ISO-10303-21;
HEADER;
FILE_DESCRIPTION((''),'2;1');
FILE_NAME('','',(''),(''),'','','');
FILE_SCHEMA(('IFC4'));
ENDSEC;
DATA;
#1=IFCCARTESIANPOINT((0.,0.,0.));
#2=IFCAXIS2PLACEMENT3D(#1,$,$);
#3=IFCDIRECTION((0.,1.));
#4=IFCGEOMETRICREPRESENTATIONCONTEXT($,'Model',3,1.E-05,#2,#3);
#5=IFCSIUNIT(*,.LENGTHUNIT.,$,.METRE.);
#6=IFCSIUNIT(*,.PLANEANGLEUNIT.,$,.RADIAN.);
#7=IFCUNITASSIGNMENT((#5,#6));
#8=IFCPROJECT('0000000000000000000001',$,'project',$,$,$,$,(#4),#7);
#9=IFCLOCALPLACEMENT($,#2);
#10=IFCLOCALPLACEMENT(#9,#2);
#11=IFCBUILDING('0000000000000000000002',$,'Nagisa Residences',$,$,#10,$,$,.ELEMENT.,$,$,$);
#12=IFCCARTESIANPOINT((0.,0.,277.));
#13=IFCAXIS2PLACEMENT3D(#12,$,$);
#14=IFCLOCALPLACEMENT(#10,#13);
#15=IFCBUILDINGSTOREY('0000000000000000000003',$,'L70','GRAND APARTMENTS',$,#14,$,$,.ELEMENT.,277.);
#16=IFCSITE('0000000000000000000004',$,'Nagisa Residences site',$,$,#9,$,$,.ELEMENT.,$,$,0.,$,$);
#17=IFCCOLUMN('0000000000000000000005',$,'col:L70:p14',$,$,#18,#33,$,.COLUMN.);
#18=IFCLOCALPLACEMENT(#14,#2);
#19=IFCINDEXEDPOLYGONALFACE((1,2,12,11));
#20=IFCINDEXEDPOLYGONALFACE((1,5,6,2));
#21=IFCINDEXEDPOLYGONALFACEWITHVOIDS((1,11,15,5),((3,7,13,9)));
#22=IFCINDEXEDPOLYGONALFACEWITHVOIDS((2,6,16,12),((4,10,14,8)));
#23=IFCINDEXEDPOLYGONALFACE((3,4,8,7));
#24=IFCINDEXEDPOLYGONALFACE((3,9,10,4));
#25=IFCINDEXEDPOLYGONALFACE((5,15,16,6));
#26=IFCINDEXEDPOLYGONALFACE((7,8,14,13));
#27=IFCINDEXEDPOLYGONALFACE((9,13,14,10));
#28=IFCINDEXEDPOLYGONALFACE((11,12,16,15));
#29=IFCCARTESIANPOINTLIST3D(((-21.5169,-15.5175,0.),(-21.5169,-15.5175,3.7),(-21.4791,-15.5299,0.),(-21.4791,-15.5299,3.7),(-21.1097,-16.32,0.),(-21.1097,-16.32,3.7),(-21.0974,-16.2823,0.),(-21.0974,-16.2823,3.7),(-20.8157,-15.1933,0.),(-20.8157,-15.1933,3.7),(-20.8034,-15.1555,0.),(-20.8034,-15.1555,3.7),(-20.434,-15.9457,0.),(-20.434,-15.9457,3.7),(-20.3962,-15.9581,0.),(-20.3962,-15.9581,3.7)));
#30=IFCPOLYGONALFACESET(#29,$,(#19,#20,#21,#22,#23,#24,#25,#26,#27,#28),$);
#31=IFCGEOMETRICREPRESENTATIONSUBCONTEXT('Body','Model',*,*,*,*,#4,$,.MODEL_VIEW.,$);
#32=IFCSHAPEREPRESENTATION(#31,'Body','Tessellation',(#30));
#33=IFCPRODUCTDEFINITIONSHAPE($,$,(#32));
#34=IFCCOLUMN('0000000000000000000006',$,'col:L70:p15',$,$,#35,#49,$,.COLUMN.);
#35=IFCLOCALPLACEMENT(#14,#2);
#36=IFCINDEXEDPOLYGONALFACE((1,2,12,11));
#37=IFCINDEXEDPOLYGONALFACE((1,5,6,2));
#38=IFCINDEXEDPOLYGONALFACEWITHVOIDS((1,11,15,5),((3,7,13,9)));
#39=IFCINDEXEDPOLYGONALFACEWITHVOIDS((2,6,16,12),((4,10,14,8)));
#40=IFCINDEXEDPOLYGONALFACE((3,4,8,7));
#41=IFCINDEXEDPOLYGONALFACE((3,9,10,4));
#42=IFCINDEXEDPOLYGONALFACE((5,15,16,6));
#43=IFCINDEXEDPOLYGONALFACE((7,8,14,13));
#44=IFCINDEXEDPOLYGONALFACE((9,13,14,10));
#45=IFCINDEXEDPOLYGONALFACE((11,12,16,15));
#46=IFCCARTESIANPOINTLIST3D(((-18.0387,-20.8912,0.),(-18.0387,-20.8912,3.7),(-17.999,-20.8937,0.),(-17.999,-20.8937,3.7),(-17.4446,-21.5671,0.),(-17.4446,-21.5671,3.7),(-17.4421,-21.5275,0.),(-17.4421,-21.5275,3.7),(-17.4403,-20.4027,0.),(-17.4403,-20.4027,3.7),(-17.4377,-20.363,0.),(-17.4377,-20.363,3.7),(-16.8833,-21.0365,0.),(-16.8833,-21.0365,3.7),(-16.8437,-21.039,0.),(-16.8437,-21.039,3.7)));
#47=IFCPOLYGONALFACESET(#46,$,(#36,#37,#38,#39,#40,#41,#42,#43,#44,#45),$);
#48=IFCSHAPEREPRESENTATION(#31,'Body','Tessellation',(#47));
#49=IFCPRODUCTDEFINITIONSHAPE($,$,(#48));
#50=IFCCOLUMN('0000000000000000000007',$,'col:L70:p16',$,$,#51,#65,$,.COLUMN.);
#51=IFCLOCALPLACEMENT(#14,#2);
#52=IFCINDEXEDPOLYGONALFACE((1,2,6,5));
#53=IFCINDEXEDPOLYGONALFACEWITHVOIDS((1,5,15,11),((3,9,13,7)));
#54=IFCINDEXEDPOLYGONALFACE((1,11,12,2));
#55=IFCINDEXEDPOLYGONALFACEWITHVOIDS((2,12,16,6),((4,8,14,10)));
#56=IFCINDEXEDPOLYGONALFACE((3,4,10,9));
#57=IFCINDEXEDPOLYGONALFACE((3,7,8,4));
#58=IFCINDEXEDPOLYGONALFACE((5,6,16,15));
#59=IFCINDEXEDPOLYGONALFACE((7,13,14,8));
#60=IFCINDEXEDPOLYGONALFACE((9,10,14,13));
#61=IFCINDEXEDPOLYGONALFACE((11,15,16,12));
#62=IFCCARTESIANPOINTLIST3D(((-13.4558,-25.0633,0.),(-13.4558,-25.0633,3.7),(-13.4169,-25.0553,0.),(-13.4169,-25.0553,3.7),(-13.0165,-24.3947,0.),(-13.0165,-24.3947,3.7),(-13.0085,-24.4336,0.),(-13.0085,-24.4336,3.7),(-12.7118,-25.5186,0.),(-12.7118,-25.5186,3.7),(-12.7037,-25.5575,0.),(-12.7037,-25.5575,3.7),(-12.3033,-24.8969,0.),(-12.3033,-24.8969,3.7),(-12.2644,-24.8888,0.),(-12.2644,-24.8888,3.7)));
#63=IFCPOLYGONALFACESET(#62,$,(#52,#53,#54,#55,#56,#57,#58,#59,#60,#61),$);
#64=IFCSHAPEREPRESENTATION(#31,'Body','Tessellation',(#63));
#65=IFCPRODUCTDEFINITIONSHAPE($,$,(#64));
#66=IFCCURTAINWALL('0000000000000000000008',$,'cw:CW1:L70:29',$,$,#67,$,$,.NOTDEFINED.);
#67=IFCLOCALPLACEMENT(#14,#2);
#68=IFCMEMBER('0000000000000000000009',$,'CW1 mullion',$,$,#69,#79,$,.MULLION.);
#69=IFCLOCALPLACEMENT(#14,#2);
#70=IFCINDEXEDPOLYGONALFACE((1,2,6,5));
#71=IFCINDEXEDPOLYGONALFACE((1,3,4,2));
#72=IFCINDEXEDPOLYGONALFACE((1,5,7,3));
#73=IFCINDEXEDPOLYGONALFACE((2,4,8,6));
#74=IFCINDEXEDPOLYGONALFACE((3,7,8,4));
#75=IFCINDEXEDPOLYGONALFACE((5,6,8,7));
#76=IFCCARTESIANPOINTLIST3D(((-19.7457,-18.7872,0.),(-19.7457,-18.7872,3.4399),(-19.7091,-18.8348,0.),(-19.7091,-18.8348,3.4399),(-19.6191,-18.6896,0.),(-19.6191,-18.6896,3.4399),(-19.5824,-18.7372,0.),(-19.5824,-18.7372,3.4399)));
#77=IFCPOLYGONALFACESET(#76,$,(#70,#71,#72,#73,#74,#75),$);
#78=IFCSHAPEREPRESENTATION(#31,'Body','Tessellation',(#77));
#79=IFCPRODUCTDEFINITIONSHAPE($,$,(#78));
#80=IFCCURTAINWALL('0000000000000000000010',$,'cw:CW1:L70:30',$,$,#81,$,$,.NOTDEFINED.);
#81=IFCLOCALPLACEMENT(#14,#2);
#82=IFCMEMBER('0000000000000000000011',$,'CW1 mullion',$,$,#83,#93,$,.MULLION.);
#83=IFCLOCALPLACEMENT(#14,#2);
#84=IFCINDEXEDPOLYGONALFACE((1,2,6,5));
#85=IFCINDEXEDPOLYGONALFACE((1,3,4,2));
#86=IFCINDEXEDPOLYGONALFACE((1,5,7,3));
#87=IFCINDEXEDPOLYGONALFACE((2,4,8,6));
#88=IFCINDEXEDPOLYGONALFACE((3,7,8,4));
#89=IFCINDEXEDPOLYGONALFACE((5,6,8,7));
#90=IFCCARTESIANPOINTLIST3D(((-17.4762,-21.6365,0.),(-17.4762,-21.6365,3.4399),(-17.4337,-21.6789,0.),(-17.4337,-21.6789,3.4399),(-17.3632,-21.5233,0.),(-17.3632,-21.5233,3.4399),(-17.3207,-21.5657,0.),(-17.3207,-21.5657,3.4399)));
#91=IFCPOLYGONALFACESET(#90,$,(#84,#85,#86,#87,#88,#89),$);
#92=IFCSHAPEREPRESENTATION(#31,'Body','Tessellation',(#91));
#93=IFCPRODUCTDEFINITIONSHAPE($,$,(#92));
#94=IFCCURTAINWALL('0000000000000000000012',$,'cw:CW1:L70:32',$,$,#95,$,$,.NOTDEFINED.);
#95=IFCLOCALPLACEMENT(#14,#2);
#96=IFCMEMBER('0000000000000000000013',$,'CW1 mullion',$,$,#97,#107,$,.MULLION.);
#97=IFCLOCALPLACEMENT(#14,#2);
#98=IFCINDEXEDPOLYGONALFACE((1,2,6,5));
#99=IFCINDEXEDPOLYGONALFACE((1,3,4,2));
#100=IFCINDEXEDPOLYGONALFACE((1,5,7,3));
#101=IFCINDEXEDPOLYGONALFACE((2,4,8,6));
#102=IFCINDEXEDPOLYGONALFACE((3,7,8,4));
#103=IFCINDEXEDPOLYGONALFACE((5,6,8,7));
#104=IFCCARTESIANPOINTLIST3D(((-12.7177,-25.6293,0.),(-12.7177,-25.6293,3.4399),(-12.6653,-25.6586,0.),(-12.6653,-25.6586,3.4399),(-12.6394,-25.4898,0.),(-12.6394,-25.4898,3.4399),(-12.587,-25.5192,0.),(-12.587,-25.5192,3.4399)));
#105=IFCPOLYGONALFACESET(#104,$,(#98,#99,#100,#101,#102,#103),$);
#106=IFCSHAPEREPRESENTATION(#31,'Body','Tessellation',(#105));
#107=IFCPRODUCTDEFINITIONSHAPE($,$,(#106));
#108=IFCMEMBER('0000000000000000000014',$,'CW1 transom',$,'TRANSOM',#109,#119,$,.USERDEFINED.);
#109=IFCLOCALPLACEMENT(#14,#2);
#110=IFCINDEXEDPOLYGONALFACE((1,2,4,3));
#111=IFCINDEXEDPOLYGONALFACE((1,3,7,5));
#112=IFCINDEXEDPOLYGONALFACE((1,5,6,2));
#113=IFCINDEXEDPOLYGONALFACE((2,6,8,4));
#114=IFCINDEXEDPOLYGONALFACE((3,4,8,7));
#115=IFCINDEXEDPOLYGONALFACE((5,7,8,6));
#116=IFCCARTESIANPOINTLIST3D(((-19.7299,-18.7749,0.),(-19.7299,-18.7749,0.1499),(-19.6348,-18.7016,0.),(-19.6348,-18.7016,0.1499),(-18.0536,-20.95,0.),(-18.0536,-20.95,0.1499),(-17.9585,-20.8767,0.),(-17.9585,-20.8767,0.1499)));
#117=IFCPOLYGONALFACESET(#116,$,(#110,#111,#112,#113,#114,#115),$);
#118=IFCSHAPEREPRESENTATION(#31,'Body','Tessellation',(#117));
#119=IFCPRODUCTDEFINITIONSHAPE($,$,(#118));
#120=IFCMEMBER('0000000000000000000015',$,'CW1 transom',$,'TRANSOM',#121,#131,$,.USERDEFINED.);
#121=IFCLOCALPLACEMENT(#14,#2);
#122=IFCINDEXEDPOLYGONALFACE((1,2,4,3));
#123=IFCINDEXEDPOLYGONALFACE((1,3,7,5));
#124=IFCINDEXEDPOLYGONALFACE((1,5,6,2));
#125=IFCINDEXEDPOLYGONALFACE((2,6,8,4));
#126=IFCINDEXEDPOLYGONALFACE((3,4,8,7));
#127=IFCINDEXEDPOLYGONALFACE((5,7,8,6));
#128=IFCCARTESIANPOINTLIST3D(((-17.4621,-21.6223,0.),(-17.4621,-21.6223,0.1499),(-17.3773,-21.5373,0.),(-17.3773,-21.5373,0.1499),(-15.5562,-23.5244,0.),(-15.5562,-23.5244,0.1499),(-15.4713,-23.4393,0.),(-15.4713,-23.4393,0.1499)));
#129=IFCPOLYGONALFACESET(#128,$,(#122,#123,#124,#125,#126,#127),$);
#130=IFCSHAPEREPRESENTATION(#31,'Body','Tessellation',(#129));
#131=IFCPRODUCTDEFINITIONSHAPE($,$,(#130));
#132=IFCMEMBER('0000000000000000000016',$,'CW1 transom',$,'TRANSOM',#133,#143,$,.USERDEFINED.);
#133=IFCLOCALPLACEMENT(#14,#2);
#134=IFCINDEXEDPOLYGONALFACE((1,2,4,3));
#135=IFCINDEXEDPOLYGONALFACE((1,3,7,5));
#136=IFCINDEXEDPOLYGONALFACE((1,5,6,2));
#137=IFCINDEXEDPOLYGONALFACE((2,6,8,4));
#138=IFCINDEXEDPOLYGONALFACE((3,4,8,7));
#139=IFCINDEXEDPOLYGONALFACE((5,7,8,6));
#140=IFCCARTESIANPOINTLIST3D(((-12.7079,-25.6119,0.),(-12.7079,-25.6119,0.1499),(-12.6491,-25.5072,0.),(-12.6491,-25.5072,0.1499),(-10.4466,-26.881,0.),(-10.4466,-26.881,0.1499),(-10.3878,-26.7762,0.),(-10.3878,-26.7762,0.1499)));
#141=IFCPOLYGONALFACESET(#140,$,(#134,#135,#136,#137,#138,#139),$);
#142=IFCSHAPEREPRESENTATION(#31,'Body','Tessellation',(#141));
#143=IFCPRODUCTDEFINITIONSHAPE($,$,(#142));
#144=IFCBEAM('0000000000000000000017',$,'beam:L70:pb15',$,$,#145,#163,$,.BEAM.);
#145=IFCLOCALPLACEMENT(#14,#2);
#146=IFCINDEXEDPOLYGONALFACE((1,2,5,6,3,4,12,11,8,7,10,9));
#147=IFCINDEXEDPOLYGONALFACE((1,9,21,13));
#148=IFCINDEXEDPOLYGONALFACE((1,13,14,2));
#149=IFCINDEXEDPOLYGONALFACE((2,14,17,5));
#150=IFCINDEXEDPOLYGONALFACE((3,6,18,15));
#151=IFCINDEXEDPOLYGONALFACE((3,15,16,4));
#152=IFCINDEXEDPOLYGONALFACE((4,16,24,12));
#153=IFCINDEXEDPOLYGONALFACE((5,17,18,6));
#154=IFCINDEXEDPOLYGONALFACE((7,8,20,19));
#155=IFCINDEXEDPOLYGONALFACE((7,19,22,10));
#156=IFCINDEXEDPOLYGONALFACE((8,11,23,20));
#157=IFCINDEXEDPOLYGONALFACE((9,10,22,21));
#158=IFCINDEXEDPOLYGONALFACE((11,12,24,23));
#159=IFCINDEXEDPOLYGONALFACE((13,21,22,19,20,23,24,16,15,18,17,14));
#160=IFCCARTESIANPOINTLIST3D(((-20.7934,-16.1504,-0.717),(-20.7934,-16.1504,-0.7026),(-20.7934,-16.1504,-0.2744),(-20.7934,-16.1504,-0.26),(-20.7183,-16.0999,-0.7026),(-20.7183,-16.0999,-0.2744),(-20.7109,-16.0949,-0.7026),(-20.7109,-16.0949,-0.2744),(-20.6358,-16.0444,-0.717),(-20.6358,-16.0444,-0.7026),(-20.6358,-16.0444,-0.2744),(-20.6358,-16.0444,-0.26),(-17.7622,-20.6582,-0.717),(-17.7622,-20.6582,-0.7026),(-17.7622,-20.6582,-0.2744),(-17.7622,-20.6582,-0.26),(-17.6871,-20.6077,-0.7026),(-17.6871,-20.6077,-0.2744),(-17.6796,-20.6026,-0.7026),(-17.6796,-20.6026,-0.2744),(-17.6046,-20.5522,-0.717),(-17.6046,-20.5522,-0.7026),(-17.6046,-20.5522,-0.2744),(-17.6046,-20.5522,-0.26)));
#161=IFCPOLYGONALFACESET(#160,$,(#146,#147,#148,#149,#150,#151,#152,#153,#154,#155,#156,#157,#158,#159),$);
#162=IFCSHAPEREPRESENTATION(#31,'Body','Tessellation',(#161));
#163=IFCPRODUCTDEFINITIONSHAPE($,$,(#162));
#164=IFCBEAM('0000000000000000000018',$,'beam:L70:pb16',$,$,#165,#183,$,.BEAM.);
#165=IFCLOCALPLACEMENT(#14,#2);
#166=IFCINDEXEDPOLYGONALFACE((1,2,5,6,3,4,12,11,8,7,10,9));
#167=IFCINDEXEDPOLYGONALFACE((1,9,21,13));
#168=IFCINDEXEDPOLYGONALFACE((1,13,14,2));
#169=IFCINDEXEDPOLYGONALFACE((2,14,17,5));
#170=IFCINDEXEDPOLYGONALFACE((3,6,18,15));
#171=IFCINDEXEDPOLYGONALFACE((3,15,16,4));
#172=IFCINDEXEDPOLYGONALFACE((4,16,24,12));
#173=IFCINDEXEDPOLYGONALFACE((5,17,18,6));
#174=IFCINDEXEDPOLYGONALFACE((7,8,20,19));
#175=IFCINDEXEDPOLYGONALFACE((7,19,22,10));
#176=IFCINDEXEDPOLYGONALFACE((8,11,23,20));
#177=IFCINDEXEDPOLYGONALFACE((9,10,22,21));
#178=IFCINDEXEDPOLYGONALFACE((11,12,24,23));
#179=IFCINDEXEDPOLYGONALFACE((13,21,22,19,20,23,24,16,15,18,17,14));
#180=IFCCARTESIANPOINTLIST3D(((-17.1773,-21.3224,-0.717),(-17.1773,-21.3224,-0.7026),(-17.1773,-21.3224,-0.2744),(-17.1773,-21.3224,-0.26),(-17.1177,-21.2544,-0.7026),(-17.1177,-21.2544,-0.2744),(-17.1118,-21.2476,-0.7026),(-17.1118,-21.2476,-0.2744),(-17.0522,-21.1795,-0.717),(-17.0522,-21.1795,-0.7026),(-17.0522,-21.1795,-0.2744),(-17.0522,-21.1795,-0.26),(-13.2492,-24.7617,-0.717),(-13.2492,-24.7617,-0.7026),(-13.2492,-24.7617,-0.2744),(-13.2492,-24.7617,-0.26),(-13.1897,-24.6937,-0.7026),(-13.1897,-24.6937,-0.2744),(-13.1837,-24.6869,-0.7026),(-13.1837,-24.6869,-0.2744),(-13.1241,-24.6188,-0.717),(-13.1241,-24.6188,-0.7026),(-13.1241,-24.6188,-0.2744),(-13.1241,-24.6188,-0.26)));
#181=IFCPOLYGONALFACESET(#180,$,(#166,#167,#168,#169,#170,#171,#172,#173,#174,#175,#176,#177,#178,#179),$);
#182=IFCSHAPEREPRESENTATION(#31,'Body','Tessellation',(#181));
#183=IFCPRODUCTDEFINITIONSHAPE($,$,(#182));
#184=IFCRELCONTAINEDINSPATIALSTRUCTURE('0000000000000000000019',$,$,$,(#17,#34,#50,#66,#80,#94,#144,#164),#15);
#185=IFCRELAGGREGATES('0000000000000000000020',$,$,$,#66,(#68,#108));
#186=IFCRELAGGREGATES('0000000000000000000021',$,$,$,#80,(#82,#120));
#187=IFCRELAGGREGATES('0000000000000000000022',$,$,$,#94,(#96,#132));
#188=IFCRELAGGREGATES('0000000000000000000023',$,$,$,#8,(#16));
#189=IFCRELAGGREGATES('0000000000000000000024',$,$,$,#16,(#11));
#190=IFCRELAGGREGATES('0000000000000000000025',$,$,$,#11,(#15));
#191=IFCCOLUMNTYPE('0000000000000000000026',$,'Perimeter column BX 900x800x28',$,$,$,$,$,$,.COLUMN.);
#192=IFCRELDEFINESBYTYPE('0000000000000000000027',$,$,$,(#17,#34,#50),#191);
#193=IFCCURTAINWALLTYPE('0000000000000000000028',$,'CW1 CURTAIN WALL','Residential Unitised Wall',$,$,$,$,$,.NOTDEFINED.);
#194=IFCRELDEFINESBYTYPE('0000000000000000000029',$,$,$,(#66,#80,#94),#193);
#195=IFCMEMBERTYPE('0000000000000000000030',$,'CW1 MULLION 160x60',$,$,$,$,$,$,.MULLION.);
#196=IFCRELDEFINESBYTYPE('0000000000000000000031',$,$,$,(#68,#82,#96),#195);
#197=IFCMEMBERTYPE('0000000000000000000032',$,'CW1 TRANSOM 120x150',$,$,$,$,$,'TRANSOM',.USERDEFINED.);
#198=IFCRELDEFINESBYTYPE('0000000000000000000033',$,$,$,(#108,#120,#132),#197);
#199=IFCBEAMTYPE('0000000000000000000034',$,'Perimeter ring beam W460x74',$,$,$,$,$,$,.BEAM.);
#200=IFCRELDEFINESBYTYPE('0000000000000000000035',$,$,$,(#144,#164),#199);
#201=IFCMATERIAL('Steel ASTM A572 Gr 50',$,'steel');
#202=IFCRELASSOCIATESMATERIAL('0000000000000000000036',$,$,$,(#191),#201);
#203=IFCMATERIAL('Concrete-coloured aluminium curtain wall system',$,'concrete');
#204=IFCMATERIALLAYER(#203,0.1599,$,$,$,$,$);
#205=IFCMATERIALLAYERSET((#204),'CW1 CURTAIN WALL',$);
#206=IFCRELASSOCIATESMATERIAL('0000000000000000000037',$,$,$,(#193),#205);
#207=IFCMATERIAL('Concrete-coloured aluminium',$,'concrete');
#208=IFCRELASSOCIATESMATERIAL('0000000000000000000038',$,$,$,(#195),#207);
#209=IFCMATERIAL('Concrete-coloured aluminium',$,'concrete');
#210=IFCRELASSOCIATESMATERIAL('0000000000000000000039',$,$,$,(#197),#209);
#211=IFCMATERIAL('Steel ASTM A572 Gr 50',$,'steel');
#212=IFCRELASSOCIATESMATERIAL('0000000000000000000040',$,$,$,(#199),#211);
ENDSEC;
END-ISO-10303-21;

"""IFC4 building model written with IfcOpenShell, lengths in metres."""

from ifc_helpers import new_model, si_unit, direction, frame, origin, origin_2d, place, context, subcontext, project, spatial, rectangle, hollow_rectangle, i_section, extrude, material, layer, layer_set, material_profile, profile_set, type_object, element, aggregate, save


model = new_model("IFC4")

# Units and contexts
model_context = context("Model", 3, precision=1e-05, world=origin(), true_north=direction((0.0, 1.0)))
body_context = subcontext(model_context, "Body", "Model", "MODEL_VIEW")
ifc_project = project(units=[si_unit("LENGTHUNIT", "METRE"), si_unit("PLANEANGLEUNIT", "RADIAN")], contexts=[model_context])

# Site, building, storey
site_placement = place(None, origin())
site = spatial("IfcSite", under=ifc_project, at=site_placement, Name="Nagisa Residences site", CompositionType="ELEMENT", RefElevation=0.0)
building_placement = place(site_placement, origin())
building = spatial("IfcBuilding", under=site, at=building_placement, Name="Nagisa Residences", CompositionType="ELEMENT")
storey_placement = place(building_placement, frame((0.0, 0.0, 277.0)))
storey = spatial("IfcBuildingStorey", under=building, at=storey_placement, Name="L70", Description="GRAND APARTMENTS", CompositionType="ELEMENT", Elevation=277.0)

# Columns
ifc_material_1 = material(Name="Steel ASTM A572 Gr 50", Category="steel")
ifc_material_profile_1 = material_profile(ifc_material_1, hollow_rectangle(XDim=0.8999, YDim=0.8, WallThickness=0.0281, at=origin_2d()), Name="BX 900x800x28")
ifc_profile_set_1 = profile_set([ifc_material_profile_1], Name="Steel ASTM A572 Gr 50")
column_type = type_object("IfcColumnType", Name="Perimeter column BX 900x800x28", PredefinedType="COLUMN", material=ifc_profile_set_1)
for number, where, z_axis, x_axis, name in (
    (1, (-20.9565, -15.7378, 0.0), (0.0, 0.0, 1.0), (0.452463, -0.891783, 0.0), "col:L70:p14"),
    (2, (-17.4412, -20.9651, 0.0), (0.0, 0.0, 1.0), (0.660115, -0.751165, 0.0), "col:L70:p15"),
    (3, (-12.8601, -24.9761, 0.0), (0.0, 0.0, 1.0), (0.835766, -0.549086, 0.0), "col:L70:p16"),
):
    element("IfcColumn", number, at=place(storey_placement, frame(where, z_axis=z_axis, x_axis=x_axis)), inside=storey, type_object=column_type, Name=name, PredefinedType="COLUMN", context=body_context, shape_type="SweptSolid", body=[
        extrude(hollow_rectangle(XDim=0.8999, YDim=0.8, WallThickness=0.0281, at=origin_2d()), origin(), (0.0, 0.0, 1.0), 3.7),
    ])

# Curtain walls, members
ifc_material_2 = material(Name="Concrete-coloured aluminium curtain wall system", Category="concrete")
ifc_layer_1 = layer(ifc_material_2, 0.1599)
ifc_layer_set_1 = layer_set([ifc_layer_1], Name="CW1 CURTAIN WALL")
curtain_wall_type = type_object("IfcCurtainWallType", Name="CW1 CURTAIN WALL", Description="Residential Unitised Wall", PredefinedType="NOTDEFINED", material=ifc_layer_set_1)
curtain_wall_1_placement = place(storey_placement, origin())
curtain_wall_1 = element("IfcCurtainWall", 4, at=curtain_wall_1_placement, inside=storey, type_object=curtain_wall_type, Name="cw:CW1:L70:29", PredefinedType="NOTDEFINED")
ifc_material_3 = material(Name="Concrete-coloured aluminium", Category="concrete")
ifc_material_profile_2 = material_profile(ifc_material_3, rectangle(XDim=0.1599, YDim=0.0601, at=origin_2d()), Name="CW1 MULLION 160x60")
ifc_profile_set_2 = profile_set([ifc_material_profile_2], Name="Concrete-coloured aluminium")
member_type_1 = type_object("IfcMemberType", Name="CW1 MULLION 160x60", PredefinedType="MULLION", material=ifc_profile_set_2)
member_1_placement = place(storey_placement, frame((-19.6641, -18.7622, 0.0), z_axis=(0.0, 0.0, 1.0), x_axis=(0.79207, 0.61043, 0.0)))
member_1 = element("IfcMember", 5, at=member_1_placement, type_object=member_type_1, Name="CW1 mullion", PredefinedType="MULLION", context=body_context, shape_type="SweptSolid", body=[
    extrude(rectangle(XDim=0.1599, YDim=0.0601, at=origin_2d()), origin(), (0.0, 0.0, 1.0), 3.4399),
])
curtain_wall_2_placement = place(storey_placement, origin())
curtain_wall_2 = element("IfcCurtainWall", 6, at=curtain_wall_2_placement, inside=storey, type_object=curtain_wall_type, Name="cw:CW1:L70:30", PredefinedType="NOTDEFINED")
member_2_placement = place(storey_placement, frame((-17.3984, -21.6011, 0.0), z_axis=(0.0, 0.0, 1.0), x_axis=(0.706377, 0.707836, 0.0)))
member_2 = element("IfcMember", 7, at=member_2_placement, type_object=member_type_1, Name="CW1 mullion", PredefinedType="MULLION", context=body_context, shape_type="SweptSolid", body=[
    extrude(rectangle(XDim=0.1599, YDim=0.0601, at=origin_2d()), origin(), (0.0, 0.0, 1.0), 3.4399),
])
curtain_wall_3_placement = place(storey_placement, origin())
curtain_wall_3 = element("IfcCurtainWall", 8, at=curtain_wall_3_placement, inside=storey, type_object=curtain_wall_type, Name="cw:CW1:L70:32", PredefinedType="NOTDEFINED")
member_3_placement = place(storey_placement, frame((-12.6523, -25.5742, 0.0), z_axis=(0.0, 0.0, 1.0), x_axis=(0.489377, 0.872072, 0.0)))
member_3 = element("IfcMember", 9, at=member_3_placement, type_object=member_type_1, Name="CW1 mullion", PredefinedType="MULLION", context=body_context, shape_type="SweptSolid", body=[
    extrude(rectangle(XDim=0.1599, YDim=0.0601, at=origin_2d()), origin(), (0.0, 0.0, 1.0), 3.4399),
])

# Members
ifc_material_4 = material(Name="Concrete-coloured aluminium", Category="concrete")
ifc_material_profile_3 = material_profile(ifc_material_4, rectangle(XDim=0.1201, YDim=0.1499, at=origin_2d()), Name="CW1 TRANSOM 120x150")
ifc_profile_set_3 = profile_set([ifc_material_profile_3], Name="Concrete-coloured aluminium")
member_type_2 = type_object("IfcMemberType", Name="CW1 TRANSOM 120x150", ElementType="TRANSOM", PredefinedType="USERDEFINED", material=ifc_profile_set_3)
member_4_placement = place(storey_placement, frame((-19.6824, -18.7383, 0.075), z_axis=(0.610432, -0.792068, 0.0), x_axis=(0.792068, 0.610432, 0.0)))
member_4 = element("IfcMember", 10, at=member_4_placement, type_object=member_type_2, Name="CW1 transom", ObjectType="TRANSOM", PredefinedType="USERDEFINED", context=body_context, shape_type="SweptSolid", body=[
    extrude(rectangle(XDim=0.1201, YDim=0.1499, at=origin_2d()), origin(), (0.0, 0.0, 1.0), 2.7461),
])
member_5_placement = place(storey_placement, frame((-17.4197, -21.5798, 0.075), z_axis=(0.707832, -0.706381, 0.0), x_axis=(0.706381, 0.707832, 0.0)))
member_5 = element("IfcMember", 11, at=member_5_placement, type_object=member_type_2, Name="CW1 transom", ObjectType="TRANSOM", PredefinedType="USERDEFINED", context=body_context, shape_type="SweptSolid", body=[
    extrude(rectangle(XDim=0.1201, YDim=0.1499, at=origin_2d()), origin(), (0.0, 0.0, 1.0), 2.6926),
])
member_6_placement = place(storey_placement, frame((-12.6785, -25.5596, 0.075), z_axis=(0.872053, -0.489412, 0.0), x_axis=(0.489412, 0.872053, 0.0)))
member_6 = element("IfcMember", 12, at=member_6_placement, type_object=member_type_2, Name="CW1 transom", ObjectType="TRANSOM", PredefinedType="USERDEFINED", context=body_context, shape_type="SweptSolid", body=[
    extrude(rectangle(XDim=0.1201, YDim=0.1499, at=origin_2d()), origin(), (0.0, 0.0, 1.0), 2.593),
])

# Beams
ifc_material_5 = material(Name="Steel ASTM A572 Gr 50", Category="steel")
ifc_material_profile_4 = material_profile(ifc_material_5, i_section(OverallWidth=0.1899, OverallDepth=0.457, WebThickness=0.009, FlangeThickness=0.0144, at=origin_2d()), Name="W460x74")
ifc_profile_set_4 = profile_set([ifc_material_profile_4], Name="Steel ASTM A572 Gr 50")
beam_type_1 = type_object("IfcBeamType", Name="Perimeter ring beam W460x74", PredefinedType="BEAM", material=ifc_profile_set_4)
beam_1_placement = place(storey_placement, frame((-20.7146, -16.0974, -0.4885), z_axis=(0.558015, -0.829831, 0.0), x_axis=(0.829831, 0.558015, 0.0)))
element("IfcBeam", 13, at=beam_1_placement, inside=storey, type_object=beam_type_1, Name="beam:L70:pb15", PredefinedType="BEAM", context=body_context, shape_type="SweptSolid", body=[
    extrude(i_section(OverallWidth=0.1899, OverallDepth=0.457, WebThickness=0.009, FlangeThickness=0.0144, at=origin_2d()), origin(), (0.0, 0.0, 1.0), 5.4321),
])
beam_2_placement = place(storey_placement, frame((-17.1147, -21.251, -0.4885), z_axis=(0.752365, -0.658746, 0.0), x_axis=(0.658746, 0.752365, 0.0)))
element("IfcBeam", 14, at=beam_2_placement, inside=storey, type_object=beam_type_1, Name="beam:L70:pb16", PredefinedType="BEAM", context=body_context, shape_type="SweptSolid", body=[
    extrude(i_section(OverallWidth=0.1899, OverallDepth=0.457, WebThickness=0.009, FlangeThickness=0.0144, at=origin_2d()), origin(), (0.0, 0.0, 1.0), 5.2209),
])

aggregate(curtain_wall_1, [member_1, member_4])
aggregate(curtain_wall_2, [member_2, member_5])
aggregate(curtain_wall_3, [member_3, member_6])

save(model, "model.ifc")
